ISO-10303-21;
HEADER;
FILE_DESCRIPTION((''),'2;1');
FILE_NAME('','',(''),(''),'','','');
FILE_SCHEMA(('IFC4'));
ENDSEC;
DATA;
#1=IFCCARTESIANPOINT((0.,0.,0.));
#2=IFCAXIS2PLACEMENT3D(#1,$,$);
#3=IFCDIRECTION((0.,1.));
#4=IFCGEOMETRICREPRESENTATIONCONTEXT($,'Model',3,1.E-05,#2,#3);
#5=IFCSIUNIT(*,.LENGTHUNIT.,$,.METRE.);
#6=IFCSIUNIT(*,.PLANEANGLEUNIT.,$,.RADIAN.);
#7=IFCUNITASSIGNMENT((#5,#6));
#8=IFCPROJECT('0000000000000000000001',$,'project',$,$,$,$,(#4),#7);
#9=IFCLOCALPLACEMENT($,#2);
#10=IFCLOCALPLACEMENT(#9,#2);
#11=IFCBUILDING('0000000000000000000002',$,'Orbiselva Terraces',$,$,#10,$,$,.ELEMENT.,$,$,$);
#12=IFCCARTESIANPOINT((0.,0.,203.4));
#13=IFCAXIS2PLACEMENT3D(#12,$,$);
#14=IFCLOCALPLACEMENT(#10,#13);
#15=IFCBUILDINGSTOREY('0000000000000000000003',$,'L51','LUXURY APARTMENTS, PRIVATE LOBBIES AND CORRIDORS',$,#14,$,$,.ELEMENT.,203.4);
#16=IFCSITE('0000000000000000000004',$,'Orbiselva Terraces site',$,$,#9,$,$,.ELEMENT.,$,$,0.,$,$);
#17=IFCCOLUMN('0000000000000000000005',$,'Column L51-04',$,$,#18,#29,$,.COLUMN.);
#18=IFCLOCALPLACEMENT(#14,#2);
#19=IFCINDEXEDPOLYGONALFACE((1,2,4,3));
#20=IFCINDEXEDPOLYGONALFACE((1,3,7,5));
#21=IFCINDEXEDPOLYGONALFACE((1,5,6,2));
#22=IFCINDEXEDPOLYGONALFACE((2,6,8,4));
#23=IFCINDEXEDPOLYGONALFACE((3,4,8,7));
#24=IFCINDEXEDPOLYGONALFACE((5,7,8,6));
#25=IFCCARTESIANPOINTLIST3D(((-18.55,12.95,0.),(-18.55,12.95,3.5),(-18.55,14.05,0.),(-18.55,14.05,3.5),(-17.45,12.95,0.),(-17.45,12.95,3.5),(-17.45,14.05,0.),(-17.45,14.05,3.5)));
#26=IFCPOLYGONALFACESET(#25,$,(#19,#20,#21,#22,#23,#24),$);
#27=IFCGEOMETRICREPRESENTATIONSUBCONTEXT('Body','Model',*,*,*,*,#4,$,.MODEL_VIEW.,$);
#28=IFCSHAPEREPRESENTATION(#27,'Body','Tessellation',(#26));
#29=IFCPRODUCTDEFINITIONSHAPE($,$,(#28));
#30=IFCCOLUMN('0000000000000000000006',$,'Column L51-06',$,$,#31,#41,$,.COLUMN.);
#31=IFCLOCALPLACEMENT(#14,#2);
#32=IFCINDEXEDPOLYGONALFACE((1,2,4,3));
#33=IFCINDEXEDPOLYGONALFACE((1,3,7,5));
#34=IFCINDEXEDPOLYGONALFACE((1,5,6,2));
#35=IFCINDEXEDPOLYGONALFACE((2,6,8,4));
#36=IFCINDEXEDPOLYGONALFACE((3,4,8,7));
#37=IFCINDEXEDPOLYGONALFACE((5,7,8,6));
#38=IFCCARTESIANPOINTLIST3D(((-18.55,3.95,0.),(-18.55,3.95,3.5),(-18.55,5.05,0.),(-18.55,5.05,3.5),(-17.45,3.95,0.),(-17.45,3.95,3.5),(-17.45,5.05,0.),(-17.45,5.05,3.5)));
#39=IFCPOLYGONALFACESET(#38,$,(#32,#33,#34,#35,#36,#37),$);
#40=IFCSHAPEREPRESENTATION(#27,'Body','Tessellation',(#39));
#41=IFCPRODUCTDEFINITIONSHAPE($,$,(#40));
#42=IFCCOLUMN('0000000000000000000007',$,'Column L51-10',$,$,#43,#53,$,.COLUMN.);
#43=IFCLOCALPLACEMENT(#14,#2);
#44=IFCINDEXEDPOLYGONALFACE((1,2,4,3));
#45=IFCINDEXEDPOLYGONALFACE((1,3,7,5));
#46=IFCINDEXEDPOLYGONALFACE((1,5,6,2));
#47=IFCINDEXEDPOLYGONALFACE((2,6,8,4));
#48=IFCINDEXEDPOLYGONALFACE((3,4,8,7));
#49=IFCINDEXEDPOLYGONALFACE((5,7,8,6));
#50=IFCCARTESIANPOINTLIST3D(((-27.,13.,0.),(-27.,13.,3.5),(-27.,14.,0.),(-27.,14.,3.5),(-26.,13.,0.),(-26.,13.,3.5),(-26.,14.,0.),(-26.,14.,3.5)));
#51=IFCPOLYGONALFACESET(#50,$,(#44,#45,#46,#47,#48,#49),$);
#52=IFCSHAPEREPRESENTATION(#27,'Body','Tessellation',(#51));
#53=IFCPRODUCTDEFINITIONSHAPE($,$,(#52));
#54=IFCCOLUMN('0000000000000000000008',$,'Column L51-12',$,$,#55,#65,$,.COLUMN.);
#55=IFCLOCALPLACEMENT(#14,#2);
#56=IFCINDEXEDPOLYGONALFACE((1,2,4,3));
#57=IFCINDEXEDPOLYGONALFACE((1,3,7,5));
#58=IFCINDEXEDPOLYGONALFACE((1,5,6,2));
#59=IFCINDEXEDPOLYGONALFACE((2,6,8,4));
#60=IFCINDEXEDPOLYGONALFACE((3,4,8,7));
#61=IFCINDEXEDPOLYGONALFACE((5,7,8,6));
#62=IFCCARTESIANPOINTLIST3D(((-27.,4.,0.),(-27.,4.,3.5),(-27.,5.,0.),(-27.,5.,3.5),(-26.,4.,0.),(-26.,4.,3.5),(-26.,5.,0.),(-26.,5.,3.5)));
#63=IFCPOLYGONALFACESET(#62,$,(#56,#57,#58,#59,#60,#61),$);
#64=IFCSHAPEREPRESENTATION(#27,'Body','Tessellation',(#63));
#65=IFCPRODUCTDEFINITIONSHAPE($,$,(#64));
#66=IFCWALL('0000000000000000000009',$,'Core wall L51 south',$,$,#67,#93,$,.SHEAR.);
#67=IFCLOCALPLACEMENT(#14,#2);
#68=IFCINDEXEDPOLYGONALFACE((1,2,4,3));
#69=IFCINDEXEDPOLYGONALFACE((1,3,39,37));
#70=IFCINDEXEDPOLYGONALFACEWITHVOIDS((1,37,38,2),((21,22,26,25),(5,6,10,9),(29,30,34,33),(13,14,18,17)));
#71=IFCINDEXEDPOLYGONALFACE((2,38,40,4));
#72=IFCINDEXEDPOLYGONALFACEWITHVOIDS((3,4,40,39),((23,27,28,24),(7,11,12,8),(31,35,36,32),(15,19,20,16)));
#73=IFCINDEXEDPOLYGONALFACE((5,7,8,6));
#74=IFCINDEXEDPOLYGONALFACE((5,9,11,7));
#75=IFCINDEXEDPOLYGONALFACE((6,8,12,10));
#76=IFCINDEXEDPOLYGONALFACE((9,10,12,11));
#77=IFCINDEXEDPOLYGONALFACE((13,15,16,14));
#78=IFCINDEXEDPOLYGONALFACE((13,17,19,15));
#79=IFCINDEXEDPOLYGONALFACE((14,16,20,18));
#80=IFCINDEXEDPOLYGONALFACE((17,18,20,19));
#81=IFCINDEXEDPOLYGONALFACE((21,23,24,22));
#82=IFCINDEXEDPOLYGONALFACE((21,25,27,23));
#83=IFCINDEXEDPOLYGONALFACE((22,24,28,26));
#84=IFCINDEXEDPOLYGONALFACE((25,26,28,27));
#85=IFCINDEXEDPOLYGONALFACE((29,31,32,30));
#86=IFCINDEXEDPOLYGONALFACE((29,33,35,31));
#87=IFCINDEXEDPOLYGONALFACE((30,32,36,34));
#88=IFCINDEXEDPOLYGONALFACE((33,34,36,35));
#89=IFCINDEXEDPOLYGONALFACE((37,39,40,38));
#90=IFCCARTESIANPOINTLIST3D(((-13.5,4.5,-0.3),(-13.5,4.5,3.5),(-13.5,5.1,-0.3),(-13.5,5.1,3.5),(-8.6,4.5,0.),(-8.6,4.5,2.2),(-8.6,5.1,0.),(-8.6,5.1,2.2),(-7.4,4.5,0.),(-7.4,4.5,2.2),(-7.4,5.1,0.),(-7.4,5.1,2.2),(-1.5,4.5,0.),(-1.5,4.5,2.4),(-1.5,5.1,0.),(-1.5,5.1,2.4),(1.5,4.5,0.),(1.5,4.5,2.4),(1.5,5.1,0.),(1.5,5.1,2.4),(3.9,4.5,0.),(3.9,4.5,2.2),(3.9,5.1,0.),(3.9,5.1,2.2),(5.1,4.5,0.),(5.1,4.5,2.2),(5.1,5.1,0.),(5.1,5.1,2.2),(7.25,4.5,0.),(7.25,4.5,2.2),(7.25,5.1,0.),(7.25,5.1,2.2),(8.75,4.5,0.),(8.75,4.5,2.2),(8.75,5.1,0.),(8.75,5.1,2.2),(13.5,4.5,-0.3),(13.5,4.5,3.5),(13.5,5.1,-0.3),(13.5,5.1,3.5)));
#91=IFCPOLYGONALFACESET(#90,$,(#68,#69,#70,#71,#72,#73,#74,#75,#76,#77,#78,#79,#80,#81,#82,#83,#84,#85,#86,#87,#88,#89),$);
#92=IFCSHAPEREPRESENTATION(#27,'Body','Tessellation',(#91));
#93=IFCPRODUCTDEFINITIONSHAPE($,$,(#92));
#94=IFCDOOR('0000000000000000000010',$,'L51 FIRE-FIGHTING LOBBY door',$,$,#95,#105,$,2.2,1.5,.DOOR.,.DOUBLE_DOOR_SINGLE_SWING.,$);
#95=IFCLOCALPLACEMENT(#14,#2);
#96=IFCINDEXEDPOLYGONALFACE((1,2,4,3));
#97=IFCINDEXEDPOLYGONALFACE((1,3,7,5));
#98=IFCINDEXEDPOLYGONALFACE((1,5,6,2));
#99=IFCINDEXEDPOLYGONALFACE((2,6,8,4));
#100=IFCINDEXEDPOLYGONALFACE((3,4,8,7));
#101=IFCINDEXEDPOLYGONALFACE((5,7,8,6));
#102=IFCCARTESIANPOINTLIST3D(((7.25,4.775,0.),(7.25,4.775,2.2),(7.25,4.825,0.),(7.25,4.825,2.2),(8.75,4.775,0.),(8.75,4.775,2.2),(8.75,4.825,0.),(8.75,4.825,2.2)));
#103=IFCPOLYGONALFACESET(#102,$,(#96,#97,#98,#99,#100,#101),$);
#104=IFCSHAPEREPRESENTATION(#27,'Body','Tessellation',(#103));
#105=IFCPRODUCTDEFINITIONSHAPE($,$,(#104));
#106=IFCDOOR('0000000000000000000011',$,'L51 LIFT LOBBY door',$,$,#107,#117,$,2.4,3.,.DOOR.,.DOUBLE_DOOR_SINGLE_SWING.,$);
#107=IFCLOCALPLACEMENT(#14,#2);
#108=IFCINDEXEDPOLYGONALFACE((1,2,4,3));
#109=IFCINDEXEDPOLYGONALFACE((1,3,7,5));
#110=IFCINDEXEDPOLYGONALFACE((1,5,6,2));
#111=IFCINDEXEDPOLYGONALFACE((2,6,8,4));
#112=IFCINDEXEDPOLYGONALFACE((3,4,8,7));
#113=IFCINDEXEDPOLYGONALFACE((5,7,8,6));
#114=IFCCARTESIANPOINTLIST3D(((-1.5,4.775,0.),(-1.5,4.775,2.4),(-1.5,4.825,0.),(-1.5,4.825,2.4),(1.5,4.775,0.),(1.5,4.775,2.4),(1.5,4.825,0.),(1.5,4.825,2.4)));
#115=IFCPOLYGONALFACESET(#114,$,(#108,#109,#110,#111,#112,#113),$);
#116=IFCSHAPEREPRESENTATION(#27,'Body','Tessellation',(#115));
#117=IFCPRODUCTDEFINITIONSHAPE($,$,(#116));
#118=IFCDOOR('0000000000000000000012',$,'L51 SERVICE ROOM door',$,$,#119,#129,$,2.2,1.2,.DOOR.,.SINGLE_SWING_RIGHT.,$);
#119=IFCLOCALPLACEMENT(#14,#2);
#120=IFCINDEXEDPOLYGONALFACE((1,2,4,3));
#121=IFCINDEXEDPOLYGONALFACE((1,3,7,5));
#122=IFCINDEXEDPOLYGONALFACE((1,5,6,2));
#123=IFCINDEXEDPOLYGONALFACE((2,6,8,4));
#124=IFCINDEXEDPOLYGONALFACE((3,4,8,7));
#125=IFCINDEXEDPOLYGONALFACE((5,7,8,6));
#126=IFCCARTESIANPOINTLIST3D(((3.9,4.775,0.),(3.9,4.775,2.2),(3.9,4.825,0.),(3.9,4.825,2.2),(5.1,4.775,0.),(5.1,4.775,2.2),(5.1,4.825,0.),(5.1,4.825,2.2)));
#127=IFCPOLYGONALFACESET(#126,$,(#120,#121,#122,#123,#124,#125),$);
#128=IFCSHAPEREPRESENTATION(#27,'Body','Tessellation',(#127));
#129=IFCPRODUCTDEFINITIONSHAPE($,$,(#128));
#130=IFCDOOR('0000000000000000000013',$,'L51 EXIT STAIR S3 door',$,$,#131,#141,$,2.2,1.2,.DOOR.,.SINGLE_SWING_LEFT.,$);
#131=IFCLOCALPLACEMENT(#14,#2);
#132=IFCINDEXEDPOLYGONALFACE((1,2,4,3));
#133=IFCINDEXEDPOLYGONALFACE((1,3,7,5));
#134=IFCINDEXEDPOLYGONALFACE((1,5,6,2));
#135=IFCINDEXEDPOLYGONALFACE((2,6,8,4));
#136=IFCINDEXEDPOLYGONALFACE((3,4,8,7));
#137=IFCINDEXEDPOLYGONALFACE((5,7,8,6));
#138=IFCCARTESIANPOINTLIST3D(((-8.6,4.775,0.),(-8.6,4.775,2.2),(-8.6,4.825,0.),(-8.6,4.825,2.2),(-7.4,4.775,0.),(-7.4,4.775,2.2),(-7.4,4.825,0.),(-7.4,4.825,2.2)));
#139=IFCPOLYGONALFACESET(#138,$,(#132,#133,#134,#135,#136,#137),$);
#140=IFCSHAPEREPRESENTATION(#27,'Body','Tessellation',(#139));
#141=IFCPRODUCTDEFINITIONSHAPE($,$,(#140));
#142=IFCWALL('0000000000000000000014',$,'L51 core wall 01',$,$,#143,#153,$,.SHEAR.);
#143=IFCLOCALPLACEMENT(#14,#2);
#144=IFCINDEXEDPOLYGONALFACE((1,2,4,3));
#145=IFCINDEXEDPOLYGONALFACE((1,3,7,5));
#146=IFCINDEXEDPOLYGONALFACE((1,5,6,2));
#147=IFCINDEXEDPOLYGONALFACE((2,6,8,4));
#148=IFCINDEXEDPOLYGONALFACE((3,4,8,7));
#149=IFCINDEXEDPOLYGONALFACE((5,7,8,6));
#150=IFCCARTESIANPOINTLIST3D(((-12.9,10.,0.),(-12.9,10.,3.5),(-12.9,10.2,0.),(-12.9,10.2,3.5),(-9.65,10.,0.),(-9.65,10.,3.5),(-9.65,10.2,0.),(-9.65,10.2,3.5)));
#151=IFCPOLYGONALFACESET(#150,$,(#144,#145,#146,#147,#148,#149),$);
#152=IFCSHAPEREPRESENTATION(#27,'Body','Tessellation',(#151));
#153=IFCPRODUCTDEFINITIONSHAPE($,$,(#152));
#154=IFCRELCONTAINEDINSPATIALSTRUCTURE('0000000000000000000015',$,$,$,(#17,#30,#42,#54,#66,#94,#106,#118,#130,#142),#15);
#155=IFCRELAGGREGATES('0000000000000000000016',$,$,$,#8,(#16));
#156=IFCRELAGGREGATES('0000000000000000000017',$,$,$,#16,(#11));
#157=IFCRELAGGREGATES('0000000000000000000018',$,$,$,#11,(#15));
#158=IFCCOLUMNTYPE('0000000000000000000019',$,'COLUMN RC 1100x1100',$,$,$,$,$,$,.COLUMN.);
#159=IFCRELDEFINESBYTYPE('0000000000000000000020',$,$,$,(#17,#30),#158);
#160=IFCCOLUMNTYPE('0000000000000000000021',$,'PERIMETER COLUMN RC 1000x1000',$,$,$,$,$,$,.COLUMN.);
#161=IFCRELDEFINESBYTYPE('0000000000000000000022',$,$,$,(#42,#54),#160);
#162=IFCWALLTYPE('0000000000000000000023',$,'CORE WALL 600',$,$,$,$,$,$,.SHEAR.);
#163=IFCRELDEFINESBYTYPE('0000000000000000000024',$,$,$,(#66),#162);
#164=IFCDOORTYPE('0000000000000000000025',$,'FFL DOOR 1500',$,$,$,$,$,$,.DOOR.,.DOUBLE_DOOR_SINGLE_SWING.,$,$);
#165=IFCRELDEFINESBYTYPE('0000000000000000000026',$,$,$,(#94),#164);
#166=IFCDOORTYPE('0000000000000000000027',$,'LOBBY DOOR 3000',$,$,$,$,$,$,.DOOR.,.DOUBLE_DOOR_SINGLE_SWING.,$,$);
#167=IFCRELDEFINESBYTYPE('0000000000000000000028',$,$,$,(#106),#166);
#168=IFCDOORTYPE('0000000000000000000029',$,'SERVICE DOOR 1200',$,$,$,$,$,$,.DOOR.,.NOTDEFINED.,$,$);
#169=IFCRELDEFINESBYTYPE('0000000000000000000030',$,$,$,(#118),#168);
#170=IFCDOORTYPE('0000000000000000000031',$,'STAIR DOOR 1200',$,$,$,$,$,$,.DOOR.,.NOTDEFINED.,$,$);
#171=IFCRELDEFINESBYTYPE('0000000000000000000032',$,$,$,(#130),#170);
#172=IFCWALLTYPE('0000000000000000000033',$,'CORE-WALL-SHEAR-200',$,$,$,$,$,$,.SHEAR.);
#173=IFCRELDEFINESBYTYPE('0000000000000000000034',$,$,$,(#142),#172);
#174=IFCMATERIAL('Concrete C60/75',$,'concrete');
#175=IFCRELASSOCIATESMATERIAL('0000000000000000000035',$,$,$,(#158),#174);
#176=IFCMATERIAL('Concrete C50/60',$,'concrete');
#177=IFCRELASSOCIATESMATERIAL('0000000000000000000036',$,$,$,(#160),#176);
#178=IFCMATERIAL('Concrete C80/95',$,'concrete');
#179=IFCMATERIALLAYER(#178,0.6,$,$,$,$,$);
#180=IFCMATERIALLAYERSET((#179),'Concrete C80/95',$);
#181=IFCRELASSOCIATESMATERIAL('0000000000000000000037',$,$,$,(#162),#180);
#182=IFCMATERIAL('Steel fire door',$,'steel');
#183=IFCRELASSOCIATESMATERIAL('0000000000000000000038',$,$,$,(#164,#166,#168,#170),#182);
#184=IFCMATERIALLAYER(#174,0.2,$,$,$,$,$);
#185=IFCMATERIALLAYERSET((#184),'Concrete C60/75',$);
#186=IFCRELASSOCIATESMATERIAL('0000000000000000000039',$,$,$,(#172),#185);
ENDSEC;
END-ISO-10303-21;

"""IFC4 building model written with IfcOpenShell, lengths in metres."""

from ifc_helpers import new_model, si_unit, direction, frame, frame_2d, origin, origin_2d, place, context, subcontext, project, spatial, rectangle, extrude, material, layer, layer_set, material_profile, profile_set, type_object, element, fill, save


model = new_model("IFC4")

# Units and contexts
model_context = context("Model", 3, precision=1e-05, world=origin(), true_north=direction((0.0, 1.0)))
body_context = subcontext(model_context, "Body", "Model", "MODEL_VIEW")
ifc_project = project(units=[si_unit("LENGTHUNIT", "METRE"), si_unit("PLANEANGLEUNIT", "RADIAN")], contexts=[model_context])

# Site, building, storey
site_placement = place(None, origin())
site = spatial("IfcSite", under=ifc_project, at=site_placement, Name="Orbiselva Terraces site", CompositionType="ELEMENT", RefElevation=0.0)
building_placement = place(site_placement, origin())
building = spatial("IfcBuilding", under=site, at=building_placement, Name="Orbiselva Terraces", CompositionType="ELEMENT")
storey_placement = place(building_placement, frame((0.0, 0.0, 203.4)))
storey = spatial("IfcBuildingStorey", under=building, at=storey_placement, Name="L51", Description="LUXURY APARTMENTS, PRIVATE LOBBIES AND CORRIDORS", CompositionType="ELEMENT", Elevation=203.4)

# Columns
ifc_material_1 = material(Name="Concrete C60/75", Category="concrete")
ifc_material_profile_1 = material_profile(ifc_material_1, rectangle(XDim=1.1, YDim=1.1, at=origin_2d()), Name="RC 1100x1100")
ifc_profile_set_1 = profile_set([ifc_material_profile_1], Name="Concrete C60/75")
column_type_1 = type_object("IfcColumnType", Name="COLUMN RC 1100x1100", PredefinedType="COLUMN", material=ifc_profile_set_1)
for number, where, z_axis, x_axis, name in (
    (1, (-18.0, 13.5, 0.0), (0.0, 0.0, 1.0), (1.0, 0.0, 0.0), "Column L51-04"),
    (2, (-18.0, 4.5, 0.0), (0.0, 0.0, 1.0), (1.0, 0.0, 0.0), "Column L51-06"),
):
    element("IfcColumn", number, at=place(storey_placement, frame(where, z_axis=z_axis, x_axis=x_axis)), inside=storey, type_object=column_type_1, Name=name, PredefinedType="COLUMN", context=body_context, shape_type="SweptSolid", body=[
        extrude(rectangle(XDim=1.1, YDim=1.1, at=origin_2d()), origin(), (0.0, 0.0, 1.0), 3.5),
    ])
ifc_material_2 = material(Name="Concrete C50/60", Category="concrete")
ifc_material_profile_2 = material_profile(ifc_material_2, rectangle(XDim=1.0, YDim=1.0, at=origin_2d()), Name="RC 1000x1000")
ifc_profile_set_2 = profile_set([ifc_material_profile_2], Name="Concrete C50/60")
column_type_2 = type_object("IfcColumnType", Name="PERIMETER COLUMN RC 1000x1000", PredefinedType="COLUMN", material=ifc_profile_set_2)
for number, where, z_axis, x_axis, name in (
    (3, (-26.5, 13.5, 0.0), (0.0, 0.0, 1.0), (1.0, 0.0, 0.0), "Column L51-10"),
    (4, (-26.5, 4.5, 0.0), (0.0, 0.0, 1.0), (1.0, 0.0, 0.0), "Column L51-12"),
):
    element("IfcColumn", number, at=place(storey_placement, frame(where, z_axis=z_axis, x_axis=x_axis)), inside=storey, type_object=column_type_2, Name=name, PredefinedType="COLUMN", context=body_context, shape_type="SweptSolid", body=[
        extrude(rectangle(XDim=1.0, YDim=1.0, at=origin_2d()), origin(), (0.0, 0.0, 1.0), 3.5),
    ])

# Wall, openings, doors
ifc_material_3 = material(Name="Concrete C80/95", Category="concrete")
ifc_layer_1 = layer(ifc_material_3, 0.6)
ifc_layer_set_1 = layer_set([ifc_layer_1], Name="Concrete C80/95")
wall_type_1 = type_object("IfcWallType", Name="CORE WALL 600", PredefinedType="SHEAR", material=ifc_layer_set_1)
wall_1_placement = place(storey_placement, frame((-13.5, 4.8, -0.3), z_axis=(0.0, 0.0, 1.0), x_axis=(1.0, 0.0, 0.0)))
wall_1 = element("IfcWall", 5, at=wall_1_placement, inside=storey, type_object=wall_type_1, Name="Core wall L51 south", PredefinedType="SHEAR", context=body_context, shape_type="SweptSolid", body=[
    extrude(rectangle(XDim=27.0, YDim=0.6, at=frame_2d((13.5, 0.0))), origin(), (0.0, 0.0, 1.0), 3.8),
])
opening_1_placement = place(wall_1_placement, frame((12.0, 0.0, 0.3)))
opening_1 = element("IfcOpeningElement", 6, at=opening_1_placement, cuts=wall_1, PredefinedType="OPENING", context=body_context, shape_type="SweptSolid", body=[
    extrude(rectangle(XDim=3.0, YDim=2.4, at=frame_2d((1.5, 1.2))), frame((0.0, 0.31, 0.0), z_axis=(0.0, -1.0, 0.0), x_axis=(1.0, 0.0, 0.0)), (0.0, 0.0, 1.0), 0.62),
])
opening_2_placement = place(wall_1_placement, frame((4.9, 0.0, 0.3)))
opening_2 = element("IfcOpeningElement", 7, at=opening_2_placement, cuts=wall_1, PredefinedType="OPENING", context=body_context, shape_type="SweptSolid", body=[
    extrude(rectangle(XDim=1.2, YDim=2.2, at=frame_2d((0.6, 1.1))), frame((0.0, 0.31, 0.0), z_axis=(0.0, -1.0, 0.0), x_axis=(1.0, 0.0, 0.0)), (0.0, 0.0, 1.0), 0.62),
])
opening_3_placement = place(wall_1_placement, frame((20.75, 0.0, 0.3)))
opening_3 = element("IfcOpeningElement", 8, at=opening_3_placement, cuts=wall_1, PredefinedType="OPENING", context=body_context, shape_type="SweptSolid", body=[
    extrude(rectangle(XDim=1.5, YDim=2.2, at=frame_2d((0.75, 1.1))), frame((0.0, 0.31, 0.0), z_axis=(0.0, -1.0, 0.0), x_axis=(1.0, 0.0, 0.0)), (0.0, 0.0, 1.0), 0.62),
])
opening_4_placement = place(wall_1_placement, frame((17.4, 0.0, 0.3)))
opening_4 = element("IfcOpeningElement", 9, at=opening_4_placement, cuts=wall_1, PredefinedType="OPENING", context=body_context, shape_type="SweptSolid", body=[
    extrude(rectangle(XDim=1.2, YDim=2.2, at=frame_2d((0.6, 1.1))), frame((0.0, 0.31, 0.0), z_axis=(0.0, -1.0, 0.0), x_axis=(1.0, 0.0, 0.0)), (0.0, 0.0, 1.0), 0.62),
])
ifc_material_4 = material(Name="Steel fire door", Category="steel")
door_type_1 = type_object("IfcDoorType", Name="FFL DOOR 1500", OperationType="DOUBLE_DOOR_SINGLE_SWING", PredefinedType="DOOR", material=ifc_material_4)
door_1_placement = place(opening_3_placement, frame((1.5, 0.0, 0.0), z_axis=(0.0, 0.0, 1.0), x_axis=(-1.0, 0.0, 0.0)))
door_1 = element("IfcDoor", 10, at=door_1_placement, inside=storey, type_object=door_type_1, Name="L51 FIRE-FIGHTING LOBBY door", OperationType="DOUBLE_DOOR_SINGLE_SWING", OverallHeight=2.2, OverallWidth=1.5, PredefinedType="DOOR", context=body_context, shape_type="SweptSolid", body=[
    extrude(rectangle(XDim=1.5, YDim=2.2, at=frame_2d((0.75, 1.1))), frame((0.0, 0.025, 0.0), z_axis=(0.0, -1.0, 0.0), x_axis=(1.0, 0.0, 0.0)), (0.0, 0.0, 1.0), 0.05),
])
fill(opening_3, door_1)
door_type_2 = type_object("IfcDoorType", Name="LOBBY DOOR 3000", OperationType="DOUBLE_DOOR_SINGLE_SWING", PredefinedType="DOOR", material=ifc_material_4)
door_2_placement = place(opening_1_placement, frame((3.0, 0.0, 0.0), z_axis=(0.0, 0.0, 1.0), x_axis=(-1.0, 0.0, 0.0)))
door_2 = element("IfcDoor", 11, at=door_2_placement, inside=storey, type_object=door_type_2, Name="L51 LIFT LOBBY door", OperationType="DOUBLE_DOOR_SINGLE_SWING", OverallHeight=2.4, OverallWidth=3.0, PredefinedType="DOOR", context=body_context, shape_type="SweptSolid", body=[
    extrude(rectangle(XDim=3.0, YDim=2.4, at=frame_2d((1.5, 1.2))), frame((0.0, 0.025, 0.0), z_axis=(0.0, -1.0, 0.0), x_axis=(1.0, 0.0, 0.0)), (0.0, 0.0, 1.0), 0.05),
])
fill(opening_1, door_2)
door_type_3 = type_object("IfcDoorType", Name="SERVICE DOOR 1200", OperationType="NOTDEFINED", PredefinedType="DOOR", material=ifc_material_4)
door_3_placement = place(opening_4_placement, frame((1.2, 0.0, 0.0), z_axis=(0.0, 0.0, 1.0), x_axis=(-1.0, 0.0, 0.0)))
door_3 = element("IfcDoor", 12, at=door_3_placement, inside=storey, type_object=door_type_3, Name="L51 SERVICE ROOM door", OperationType="SINGLE_SWING_RIGHT", OverallHeight=2.2, OverallWidth=1.2, PredefinedType="DOOR", context=body_context, shape_type="SweptSolid", body=[
    extrude(rectangle(XDim=1.2, YDim=2.2, at=frame_2d((0.6, 1.1))), frame((0.0, 0.025, 0.0), z_axis=(0.0, -1.0, 0.0), x_axis=(1.0, 0.0, 0.0)), (0.0, 0.0, 1.0), 0.05),
])
fill(opening_4, door_3)
door_type_4 = type_object("IfcDoorType", Name="STAIR DOOR 1200", OperationType="NOTDEFINED", PredefinedType="DOOR", material=ifc_material_4)
door_4_placement = place(opening_2_placement, frame((1.2, 0.0, 0.0), z_axis=(0.0, 0.0, 1.0), x_axis=(-1.0, 0.0, 0.0)))
door_4 = element("IfcDoor", 13, at=door_4_placement, inside=storey, type_object=door_type_4, Name="L51 EXIT STAIR S3 door", OperationType="SINGLE_SWING_LEFT", OverallHeight=2.2, OverallWidth=1.2, PredefinedType="DOOR", context=body_context, shape_type="SweptSolid", body=[
    extrude(rectangle(XDim=1.2, YDim=2.2, at=frame_2d((0.6, 1.1))), frame((0.0, 0.025, 0.0), z_axis=(0.0, -1.0, 0.0), x_axis=(1.0, 0.0, 0.0)), (0.0, 0.0, 1.0), 0.05),
])
fill(opening_2, door_4)

# Wall
ifc_layer_2 = layer(ifc_material_1, 0.2)
ifc_layer_set_2 = layer_set([ifc_layer_2], Name="Concrete C60/75")
wall_type_2 = type_object("IfcWallType", Name="CORE-WALL-SHEAR-200", PredefinedType="SHEAR", material=ifc_layer_set_2)
wall_2_placement = place(storey_placement, frame((-12.9, 10.1, 0.0), z_axis=(0.0, 0.0, 1.0), x_axis=(1.0, 0.0, 0.0)))
element("IfcWall", 14, at=wall_2_placement, inside=storey, type_object=wall_type_2, Name="L51 core wall 01", PredefinedType="SHEAR", context=body_context, shape_type="SweptSolid", body=[
    extrude(rectangle(XDim=3.25, YDim=0.2, at=frame_2d((1.625, 0.0))), origin(), (0.0, 0.0, 1.0), 3.5),
])

save(model, "model.ifc")
